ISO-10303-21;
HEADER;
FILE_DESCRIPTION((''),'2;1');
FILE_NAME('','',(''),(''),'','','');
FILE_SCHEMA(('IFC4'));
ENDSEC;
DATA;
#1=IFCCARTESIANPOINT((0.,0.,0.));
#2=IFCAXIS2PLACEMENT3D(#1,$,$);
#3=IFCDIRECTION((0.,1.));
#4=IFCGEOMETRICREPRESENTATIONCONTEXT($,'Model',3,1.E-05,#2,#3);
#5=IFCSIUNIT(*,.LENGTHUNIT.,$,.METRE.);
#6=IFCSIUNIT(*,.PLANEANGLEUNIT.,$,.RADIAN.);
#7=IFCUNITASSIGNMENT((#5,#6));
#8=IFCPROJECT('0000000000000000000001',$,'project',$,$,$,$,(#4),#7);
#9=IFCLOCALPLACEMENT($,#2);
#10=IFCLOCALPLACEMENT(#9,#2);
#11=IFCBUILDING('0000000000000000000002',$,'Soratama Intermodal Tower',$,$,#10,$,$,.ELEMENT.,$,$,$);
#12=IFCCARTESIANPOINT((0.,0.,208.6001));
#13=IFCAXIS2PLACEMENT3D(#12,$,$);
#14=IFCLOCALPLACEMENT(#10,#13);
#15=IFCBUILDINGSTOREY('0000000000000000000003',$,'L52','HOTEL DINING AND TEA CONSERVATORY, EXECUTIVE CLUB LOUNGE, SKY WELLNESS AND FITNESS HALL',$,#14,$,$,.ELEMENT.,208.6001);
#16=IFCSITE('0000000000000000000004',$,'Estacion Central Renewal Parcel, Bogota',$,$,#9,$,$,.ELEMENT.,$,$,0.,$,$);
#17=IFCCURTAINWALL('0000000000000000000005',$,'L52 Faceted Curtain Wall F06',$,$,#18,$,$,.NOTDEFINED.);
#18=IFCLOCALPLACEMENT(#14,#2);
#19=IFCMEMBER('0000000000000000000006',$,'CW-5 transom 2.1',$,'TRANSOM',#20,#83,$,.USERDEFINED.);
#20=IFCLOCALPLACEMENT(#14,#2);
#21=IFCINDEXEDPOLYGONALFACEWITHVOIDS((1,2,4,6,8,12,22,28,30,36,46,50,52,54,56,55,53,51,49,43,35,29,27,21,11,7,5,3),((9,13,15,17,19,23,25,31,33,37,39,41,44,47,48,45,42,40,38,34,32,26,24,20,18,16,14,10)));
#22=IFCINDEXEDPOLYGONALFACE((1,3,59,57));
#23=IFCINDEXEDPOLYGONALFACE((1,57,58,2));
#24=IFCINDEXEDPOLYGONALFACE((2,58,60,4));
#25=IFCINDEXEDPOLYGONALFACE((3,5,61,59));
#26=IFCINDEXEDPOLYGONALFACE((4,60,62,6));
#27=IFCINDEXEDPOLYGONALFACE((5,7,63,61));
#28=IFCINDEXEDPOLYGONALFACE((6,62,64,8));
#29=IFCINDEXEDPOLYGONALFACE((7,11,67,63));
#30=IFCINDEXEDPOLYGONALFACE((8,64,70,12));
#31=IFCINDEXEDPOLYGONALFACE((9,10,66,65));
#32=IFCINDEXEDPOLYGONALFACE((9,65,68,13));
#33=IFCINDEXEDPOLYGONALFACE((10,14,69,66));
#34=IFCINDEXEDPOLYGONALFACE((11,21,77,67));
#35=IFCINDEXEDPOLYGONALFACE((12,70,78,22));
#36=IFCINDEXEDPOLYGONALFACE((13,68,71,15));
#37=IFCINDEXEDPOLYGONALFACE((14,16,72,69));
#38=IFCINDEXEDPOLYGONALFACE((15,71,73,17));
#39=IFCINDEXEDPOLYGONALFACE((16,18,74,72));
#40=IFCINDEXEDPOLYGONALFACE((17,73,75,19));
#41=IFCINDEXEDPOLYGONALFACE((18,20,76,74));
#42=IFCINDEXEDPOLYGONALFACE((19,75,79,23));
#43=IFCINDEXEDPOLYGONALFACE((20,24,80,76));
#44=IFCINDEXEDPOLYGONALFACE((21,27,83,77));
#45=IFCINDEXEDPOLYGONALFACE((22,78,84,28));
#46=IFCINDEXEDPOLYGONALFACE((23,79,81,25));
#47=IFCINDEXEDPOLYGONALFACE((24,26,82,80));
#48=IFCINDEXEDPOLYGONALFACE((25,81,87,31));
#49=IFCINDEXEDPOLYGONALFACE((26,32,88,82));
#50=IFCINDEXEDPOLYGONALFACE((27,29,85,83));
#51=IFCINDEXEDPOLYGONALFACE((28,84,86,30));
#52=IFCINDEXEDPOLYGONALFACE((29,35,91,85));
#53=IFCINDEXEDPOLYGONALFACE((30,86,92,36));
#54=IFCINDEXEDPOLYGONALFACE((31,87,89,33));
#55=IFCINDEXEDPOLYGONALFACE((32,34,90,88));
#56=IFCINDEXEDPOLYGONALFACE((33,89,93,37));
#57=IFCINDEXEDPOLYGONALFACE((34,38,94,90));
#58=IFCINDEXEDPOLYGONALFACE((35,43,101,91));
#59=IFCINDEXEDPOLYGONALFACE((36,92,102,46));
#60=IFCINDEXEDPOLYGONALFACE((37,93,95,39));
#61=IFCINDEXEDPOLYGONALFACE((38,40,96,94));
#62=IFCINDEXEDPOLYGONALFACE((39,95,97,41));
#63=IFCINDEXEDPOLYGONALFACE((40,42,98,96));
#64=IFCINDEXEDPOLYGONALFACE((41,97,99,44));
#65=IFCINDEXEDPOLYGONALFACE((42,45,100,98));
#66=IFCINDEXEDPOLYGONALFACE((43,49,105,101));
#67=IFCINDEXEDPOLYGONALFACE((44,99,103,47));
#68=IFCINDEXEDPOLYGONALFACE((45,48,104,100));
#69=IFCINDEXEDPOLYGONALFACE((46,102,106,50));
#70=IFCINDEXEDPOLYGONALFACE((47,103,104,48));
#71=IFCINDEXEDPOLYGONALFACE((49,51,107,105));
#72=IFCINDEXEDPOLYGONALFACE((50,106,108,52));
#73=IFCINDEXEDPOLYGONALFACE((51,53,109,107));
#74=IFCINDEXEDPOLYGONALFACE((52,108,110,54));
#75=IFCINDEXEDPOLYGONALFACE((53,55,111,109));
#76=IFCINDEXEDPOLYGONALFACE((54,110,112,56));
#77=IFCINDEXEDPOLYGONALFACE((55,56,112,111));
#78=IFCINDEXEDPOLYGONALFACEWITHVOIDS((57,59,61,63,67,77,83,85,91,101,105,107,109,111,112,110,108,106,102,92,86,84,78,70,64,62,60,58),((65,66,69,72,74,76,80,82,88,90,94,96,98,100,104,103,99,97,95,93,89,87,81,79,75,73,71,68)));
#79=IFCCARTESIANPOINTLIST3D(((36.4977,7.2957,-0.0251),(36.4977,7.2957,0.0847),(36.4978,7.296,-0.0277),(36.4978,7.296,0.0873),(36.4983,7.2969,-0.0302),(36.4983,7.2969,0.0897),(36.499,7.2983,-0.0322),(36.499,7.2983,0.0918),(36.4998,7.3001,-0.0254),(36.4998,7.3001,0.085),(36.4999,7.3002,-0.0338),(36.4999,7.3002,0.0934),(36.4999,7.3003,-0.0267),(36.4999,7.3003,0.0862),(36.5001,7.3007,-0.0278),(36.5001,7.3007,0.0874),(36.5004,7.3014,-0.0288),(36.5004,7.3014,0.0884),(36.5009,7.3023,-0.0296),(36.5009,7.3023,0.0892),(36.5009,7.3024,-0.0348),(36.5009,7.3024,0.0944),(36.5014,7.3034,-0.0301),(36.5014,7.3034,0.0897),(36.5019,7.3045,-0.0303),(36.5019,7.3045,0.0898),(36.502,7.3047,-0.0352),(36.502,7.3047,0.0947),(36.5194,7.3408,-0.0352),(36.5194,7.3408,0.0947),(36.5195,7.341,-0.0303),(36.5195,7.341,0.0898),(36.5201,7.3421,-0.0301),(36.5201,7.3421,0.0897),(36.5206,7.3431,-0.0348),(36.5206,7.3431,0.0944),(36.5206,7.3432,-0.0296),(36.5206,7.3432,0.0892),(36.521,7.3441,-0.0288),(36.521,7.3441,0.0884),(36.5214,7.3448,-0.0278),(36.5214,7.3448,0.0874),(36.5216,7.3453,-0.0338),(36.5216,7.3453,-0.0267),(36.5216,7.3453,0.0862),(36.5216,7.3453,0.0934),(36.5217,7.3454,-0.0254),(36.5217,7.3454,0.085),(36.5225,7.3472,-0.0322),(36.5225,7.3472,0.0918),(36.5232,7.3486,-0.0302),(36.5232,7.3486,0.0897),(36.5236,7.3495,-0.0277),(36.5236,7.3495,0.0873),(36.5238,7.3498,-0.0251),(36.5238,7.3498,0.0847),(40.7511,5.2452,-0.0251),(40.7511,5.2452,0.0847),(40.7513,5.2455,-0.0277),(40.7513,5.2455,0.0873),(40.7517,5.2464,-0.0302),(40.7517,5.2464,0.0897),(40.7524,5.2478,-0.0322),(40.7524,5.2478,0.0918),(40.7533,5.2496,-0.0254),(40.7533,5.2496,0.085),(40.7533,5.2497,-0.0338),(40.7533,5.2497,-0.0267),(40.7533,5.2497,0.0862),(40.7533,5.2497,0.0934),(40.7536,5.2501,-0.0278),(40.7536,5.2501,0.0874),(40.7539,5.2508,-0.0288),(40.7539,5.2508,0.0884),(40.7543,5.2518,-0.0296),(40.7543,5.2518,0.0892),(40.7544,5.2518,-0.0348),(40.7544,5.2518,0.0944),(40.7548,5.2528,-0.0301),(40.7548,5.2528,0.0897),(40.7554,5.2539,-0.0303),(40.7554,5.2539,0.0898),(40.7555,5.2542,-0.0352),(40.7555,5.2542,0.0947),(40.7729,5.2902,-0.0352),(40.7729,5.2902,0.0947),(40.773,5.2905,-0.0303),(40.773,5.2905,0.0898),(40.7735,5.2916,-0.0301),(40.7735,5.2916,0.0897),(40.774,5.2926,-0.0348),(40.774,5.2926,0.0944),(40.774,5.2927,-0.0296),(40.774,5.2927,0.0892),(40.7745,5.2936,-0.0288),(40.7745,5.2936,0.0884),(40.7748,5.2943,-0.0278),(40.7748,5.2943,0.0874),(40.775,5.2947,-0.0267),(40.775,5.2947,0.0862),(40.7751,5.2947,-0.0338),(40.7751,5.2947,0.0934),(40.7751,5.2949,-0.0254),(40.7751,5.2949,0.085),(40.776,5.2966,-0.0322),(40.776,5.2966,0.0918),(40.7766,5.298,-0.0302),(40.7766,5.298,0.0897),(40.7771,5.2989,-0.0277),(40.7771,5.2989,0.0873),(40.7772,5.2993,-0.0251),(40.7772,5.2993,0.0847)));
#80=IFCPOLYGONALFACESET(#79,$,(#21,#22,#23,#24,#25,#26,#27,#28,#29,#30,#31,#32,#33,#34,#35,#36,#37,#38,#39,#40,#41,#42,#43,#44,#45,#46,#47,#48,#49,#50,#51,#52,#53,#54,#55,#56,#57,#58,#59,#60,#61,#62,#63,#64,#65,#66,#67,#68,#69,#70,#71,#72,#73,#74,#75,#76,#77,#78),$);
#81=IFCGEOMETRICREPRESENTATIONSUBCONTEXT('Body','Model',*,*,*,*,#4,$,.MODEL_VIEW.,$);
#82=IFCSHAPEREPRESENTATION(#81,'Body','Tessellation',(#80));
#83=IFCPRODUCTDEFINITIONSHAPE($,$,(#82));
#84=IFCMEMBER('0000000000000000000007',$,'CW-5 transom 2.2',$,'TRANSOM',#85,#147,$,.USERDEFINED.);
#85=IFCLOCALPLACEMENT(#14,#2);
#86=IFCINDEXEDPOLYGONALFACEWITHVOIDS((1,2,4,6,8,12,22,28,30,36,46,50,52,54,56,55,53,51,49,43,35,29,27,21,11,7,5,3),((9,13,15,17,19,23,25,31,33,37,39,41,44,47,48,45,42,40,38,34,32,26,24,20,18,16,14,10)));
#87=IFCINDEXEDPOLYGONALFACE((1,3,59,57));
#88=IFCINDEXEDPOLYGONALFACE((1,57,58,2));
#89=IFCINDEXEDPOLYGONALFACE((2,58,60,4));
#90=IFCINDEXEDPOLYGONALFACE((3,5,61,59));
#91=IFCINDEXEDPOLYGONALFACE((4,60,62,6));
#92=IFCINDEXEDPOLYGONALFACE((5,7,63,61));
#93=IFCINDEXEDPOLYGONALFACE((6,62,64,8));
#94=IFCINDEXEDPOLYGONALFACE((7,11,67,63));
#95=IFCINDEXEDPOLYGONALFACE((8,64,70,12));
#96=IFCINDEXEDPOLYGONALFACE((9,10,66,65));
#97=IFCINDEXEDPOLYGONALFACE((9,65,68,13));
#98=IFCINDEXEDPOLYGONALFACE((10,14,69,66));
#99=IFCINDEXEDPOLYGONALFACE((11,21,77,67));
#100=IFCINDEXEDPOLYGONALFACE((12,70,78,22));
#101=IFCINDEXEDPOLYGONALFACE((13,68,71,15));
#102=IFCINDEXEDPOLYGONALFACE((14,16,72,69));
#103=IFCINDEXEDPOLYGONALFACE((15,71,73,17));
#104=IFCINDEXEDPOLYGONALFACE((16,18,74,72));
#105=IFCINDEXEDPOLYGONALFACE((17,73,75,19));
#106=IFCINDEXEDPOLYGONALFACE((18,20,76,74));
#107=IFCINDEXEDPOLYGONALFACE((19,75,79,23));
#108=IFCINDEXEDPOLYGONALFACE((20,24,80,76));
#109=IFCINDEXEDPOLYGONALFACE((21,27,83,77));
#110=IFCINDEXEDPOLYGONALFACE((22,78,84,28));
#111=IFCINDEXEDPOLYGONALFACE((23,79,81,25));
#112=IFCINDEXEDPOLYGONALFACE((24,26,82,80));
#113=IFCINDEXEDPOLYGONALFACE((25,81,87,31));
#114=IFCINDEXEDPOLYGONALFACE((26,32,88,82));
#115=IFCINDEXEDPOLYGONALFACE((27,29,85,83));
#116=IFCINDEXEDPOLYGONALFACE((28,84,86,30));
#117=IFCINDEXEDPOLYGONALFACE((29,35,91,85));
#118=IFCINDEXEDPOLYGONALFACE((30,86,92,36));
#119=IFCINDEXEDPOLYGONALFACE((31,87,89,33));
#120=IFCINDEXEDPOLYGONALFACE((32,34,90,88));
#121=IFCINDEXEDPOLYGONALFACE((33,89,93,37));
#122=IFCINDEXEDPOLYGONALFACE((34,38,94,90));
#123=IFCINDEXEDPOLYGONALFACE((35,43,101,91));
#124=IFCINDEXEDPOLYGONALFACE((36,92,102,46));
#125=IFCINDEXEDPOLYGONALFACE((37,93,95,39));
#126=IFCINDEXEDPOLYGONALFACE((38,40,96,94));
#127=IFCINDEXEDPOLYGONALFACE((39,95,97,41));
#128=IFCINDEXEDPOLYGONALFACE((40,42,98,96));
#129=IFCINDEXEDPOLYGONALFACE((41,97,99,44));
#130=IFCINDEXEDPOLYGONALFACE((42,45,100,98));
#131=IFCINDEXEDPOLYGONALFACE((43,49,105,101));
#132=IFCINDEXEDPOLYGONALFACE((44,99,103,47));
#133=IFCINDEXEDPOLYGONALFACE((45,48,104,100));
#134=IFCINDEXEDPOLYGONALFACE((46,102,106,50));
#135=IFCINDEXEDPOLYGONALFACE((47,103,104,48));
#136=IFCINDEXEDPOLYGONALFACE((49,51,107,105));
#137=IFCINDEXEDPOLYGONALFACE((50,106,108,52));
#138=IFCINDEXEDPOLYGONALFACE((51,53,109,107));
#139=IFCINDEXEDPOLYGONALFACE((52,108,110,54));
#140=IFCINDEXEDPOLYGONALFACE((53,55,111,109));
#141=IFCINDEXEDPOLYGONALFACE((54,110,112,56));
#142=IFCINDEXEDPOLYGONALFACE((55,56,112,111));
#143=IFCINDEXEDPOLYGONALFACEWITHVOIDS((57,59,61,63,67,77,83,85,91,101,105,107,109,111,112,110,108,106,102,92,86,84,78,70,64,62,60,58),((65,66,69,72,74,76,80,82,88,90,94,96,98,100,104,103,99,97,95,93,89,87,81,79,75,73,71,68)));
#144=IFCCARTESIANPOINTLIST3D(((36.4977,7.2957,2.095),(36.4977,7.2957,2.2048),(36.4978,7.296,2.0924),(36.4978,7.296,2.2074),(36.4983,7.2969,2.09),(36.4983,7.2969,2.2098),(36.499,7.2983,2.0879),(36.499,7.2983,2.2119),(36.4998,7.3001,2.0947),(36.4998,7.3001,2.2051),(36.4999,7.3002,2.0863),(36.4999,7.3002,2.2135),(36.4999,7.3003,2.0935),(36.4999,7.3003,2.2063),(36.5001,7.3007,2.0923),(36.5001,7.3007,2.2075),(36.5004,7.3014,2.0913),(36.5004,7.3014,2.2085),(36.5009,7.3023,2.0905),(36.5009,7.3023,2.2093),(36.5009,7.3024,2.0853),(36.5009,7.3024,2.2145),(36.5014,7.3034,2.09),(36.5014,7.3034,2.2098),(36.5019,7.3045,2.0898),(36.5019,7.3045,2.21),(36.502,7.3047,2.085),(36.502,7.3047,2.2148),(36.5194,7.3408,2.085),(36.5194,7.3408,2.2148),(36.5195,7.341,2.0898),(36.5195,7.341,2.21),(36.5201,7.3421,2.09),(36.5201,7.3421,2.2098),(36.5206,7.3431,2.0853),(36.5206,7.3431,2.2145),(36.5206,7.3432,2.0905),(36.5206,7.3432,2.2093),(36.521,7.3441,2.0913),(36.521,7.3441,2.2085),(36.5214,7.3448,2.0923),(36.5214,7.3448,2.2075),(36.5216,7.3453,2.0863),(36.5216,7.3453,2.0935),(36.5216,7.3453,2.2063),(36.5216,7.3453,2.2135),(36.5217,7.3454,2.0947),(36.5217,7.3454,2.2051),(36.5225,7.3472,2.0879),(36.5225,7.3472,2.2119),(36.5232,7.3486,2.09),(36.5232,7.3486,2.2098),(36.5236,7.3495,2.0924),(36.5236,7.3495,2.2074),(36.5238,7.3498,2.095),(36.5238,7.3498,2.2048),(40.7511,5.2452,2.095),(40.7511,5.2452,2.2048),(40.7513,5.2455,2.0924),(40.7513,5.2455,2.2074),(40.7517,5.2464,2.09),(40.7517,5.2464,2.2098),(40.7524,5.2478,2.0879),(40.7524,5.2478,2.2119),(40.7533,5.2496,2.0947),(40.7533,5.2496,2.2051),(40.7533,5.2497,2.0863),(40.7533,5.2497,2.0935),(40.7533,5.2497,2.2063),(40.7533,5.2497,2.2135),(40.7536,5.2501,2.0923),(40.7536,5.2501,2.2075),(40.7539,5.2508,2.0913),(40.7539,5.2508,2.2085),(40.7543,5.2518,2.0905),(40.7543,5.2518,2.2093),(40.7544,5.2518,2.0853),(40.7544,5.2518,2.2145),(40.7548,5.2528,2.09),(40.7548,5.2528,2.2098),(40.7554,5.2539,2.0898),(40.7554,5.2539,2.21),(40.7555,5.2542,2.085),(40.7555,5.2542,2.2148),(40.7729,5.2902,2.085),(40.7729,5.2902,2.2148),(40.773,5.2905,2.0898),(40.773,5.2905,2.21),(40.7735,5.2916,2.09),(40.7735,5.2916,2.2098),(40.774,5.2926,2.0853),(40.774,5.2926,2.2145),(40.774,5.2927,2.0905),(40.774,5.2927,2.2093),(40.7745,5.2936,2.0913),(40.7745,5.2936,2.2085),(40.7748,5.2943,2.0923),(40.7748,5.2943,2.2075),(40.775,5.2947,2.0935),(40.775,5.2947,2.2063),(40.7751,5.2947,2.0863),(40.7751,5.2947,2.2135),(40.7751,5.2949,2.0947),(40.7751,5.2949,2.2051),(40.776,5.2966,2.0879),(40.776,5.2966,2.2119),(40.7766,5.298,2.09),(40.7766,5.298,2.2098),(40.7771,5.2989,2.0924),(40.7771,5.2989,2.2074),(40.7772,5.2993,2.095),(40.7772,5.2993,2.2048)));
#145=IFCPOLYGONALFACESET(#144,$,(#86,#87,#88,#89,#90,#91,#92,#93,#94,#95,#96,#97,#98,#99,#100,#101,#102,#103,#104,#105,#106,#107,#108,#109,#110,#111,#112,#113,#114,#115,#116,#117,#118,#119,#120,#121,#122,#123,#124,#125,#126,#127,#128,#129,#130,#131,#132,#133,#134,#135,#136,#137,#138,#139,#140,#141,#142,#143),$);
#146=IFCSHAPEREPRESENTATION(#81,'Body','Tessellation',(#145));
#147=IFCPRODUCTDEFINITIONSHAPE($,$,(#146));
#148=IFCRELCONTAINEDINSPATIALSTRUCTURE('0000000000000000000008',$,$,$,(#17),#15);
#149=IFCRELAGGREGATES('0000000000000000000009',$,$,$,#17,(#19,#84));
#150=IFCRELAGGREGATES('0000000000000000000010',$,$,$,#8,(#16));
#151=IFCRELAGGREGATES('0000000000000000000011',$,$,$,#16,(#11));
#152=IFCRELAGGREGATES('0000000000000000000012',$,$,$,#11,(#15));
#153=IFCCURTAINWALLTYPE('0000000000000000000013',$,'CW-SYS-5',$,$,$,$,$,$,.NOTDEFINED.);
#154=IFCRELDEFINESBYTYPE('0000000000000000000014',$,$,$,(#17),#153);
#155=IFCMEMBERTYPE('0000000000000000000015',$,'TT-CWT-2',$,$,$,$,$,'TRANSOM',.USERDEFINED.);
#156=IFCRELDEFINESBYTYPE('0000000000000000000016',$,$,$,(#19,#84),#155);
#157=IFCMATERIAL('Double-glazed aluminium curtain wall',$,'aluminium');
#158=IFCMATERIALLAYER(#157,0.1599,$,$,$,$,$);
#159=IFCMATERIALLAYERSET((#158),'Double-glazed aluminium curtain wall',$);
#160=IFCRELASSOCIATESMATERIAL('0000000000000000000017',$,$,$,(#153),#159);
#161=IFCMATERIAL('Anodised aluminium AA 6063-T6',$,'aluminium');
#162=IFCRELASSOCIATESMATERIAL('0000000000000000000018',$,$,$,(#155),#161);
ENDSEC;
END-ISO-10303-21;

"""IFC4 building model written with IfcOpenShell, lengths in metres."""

from ifc_helpers import new_model, si_unit, direction, frame, origin, origin_2d, place, context, subcontext, project, spatial, hollow_rectangle, extrude, material, layer, layer_set, material_profile, profile_set, type_object, element, aggregate, save


model = new_model("IFC4")

# Units and contexts
model_context = context("Model", 3, precision=1e-05, world=origin(), true_north=direction((0.0, 1.0)))
body_context = subcontext(model_context, "Body", "Model", "MODEL_VIEW")
ifc_project = project(units=[si_unit("LENGTHUNIT", "METRE"), si_unit("PLANEANGLEUNIT", "RADIAN")], contexts=[model_context])

# Site, building, storey
site_placement = place(None, origin())
site = spatial("IfcSite", under=ifc_project, at=site_placement, Name="Estacion Central Renewal Parcel, Bogota", CompositionType="ELEMENT", RefElevation=0.0)
building_placement = place(site_placement, origin())
building = spatial("IfcBuilding", under=site, at=building_placement, Name="Soratama Intermodal Tower", CompositionType="ELEMENT")
storey_placement = place(building_placement, frame((0.0, 0.0, 208.6001)))
storey = spatial("IfcBuildingStorey", under=building, at=storey_placement, Name="L52", Description="HOTEL DINING AND TEA CONSERVATORY, EXECUTIVE CLUB LOUNGE, SKY WELLNESS AND FITNESS HALL", CompositionType="ELEMENT", Elevation=208.6001)

# Curtain wall, members
ifc_material_1 = material(Name="Double-glazed aluminium curtain wall", Category="aluminium")
ifc_layer_1 = layer(ifc_material_1, 0.1599)
ifc_layer_set_1 = layer_set([ifc_layer_1], Name="Double-glazed aluminium curtain wall")
curtain_wall_type = type_object("IfcCurtainWallType", Name="CW-SYS-5", PredefinedType="NOTDEFINED", material=ifc_layer_set_1)
curtain_wall_placement = place(storey_placement, origin())
curtain_wall = element("IfcCurtainWall", 1, at=curtain_wall_placement, inside=storey, type_object=curtain_wall_type, Name="L52 Faceted Curtain Wall F06", PredefinedType="NOTDEFINED")
ifc_material_2 = material(Name="Anodised aluminium AA 6063-T6", Category="aluminium")
ifc_material_profile_1 = material_profile(ifc_material_2, hollow_rectangle(XDim=0.0601, YDim=0.1299, WallThickness=0.0049, InnerFilletRadius=0.0049, OuterFilletRadius=0.01, at=origin_2d()), Name="CWT130X60X5")
ifc_profile_set_1 = profile_set([ifc_material_profile_1], Name="Anodised aluminium AA 6063-T6")
member_type_1 = type_object("IfcMemberType", Name="TT-CWT-2", ElementType="TRANSOM", PredefinedType="USERDEFINED", material=ifc_profile_set_1)
member_1_placement = place(storey_placement, frame((36.5107, 7.3228, 0.0298), z_axis=(0.900787, -0.434262, 0.0), x_axis=(0.434262, 0.900787, 0.0)))
member_1 = element("IfcMember", 2, at=member_1_placement, type_object=member_type_1, Name="CW-5 transom 2.1", ObjectType="TRANSOM", PredefinedType="USERDEFINED", context=body_context, shape_type="SweptSolid", body=[
    extrude(hollow_rectangle(XDim=0.0601, YDim=0.1299, WallThickness=0.0049, InnerFilletRadius=0.0049, OuterFilletRadius=0.01, at=origin_2d()), origin(), (0.0, 0.0, 1.0), 4.7219),
])
member_2_placement = place(storey_placement, frame((36.5107, 7.3228, 2.1499), z_axis=(0.900787, -0.434262, 0.0), x_axis=(0.434262, 0.900787, 0.0)))
member_2 = element("IfcMember", 3, at=member_2_placement, type_object=member_type_1, Name="CW-5 transom 2.2", ObjectType="TRANSOM", PredefinedType="USERDEFINED", context=body_context, shape_type="SweptSolid", body=[
    extrude(hollow_rectangle(XDim=0.0601, YDim=0.1299, WallThickness=0.0049, InnerFilletRadius=0.0049, OuterFilletRadius=0.01, at=origin_2d()), origin(), (0.0, 0.0, 1.0), 4.7219),
])
aggregate(curtain_wall, [member_1, member_2])

save(model, "model.ifc")
